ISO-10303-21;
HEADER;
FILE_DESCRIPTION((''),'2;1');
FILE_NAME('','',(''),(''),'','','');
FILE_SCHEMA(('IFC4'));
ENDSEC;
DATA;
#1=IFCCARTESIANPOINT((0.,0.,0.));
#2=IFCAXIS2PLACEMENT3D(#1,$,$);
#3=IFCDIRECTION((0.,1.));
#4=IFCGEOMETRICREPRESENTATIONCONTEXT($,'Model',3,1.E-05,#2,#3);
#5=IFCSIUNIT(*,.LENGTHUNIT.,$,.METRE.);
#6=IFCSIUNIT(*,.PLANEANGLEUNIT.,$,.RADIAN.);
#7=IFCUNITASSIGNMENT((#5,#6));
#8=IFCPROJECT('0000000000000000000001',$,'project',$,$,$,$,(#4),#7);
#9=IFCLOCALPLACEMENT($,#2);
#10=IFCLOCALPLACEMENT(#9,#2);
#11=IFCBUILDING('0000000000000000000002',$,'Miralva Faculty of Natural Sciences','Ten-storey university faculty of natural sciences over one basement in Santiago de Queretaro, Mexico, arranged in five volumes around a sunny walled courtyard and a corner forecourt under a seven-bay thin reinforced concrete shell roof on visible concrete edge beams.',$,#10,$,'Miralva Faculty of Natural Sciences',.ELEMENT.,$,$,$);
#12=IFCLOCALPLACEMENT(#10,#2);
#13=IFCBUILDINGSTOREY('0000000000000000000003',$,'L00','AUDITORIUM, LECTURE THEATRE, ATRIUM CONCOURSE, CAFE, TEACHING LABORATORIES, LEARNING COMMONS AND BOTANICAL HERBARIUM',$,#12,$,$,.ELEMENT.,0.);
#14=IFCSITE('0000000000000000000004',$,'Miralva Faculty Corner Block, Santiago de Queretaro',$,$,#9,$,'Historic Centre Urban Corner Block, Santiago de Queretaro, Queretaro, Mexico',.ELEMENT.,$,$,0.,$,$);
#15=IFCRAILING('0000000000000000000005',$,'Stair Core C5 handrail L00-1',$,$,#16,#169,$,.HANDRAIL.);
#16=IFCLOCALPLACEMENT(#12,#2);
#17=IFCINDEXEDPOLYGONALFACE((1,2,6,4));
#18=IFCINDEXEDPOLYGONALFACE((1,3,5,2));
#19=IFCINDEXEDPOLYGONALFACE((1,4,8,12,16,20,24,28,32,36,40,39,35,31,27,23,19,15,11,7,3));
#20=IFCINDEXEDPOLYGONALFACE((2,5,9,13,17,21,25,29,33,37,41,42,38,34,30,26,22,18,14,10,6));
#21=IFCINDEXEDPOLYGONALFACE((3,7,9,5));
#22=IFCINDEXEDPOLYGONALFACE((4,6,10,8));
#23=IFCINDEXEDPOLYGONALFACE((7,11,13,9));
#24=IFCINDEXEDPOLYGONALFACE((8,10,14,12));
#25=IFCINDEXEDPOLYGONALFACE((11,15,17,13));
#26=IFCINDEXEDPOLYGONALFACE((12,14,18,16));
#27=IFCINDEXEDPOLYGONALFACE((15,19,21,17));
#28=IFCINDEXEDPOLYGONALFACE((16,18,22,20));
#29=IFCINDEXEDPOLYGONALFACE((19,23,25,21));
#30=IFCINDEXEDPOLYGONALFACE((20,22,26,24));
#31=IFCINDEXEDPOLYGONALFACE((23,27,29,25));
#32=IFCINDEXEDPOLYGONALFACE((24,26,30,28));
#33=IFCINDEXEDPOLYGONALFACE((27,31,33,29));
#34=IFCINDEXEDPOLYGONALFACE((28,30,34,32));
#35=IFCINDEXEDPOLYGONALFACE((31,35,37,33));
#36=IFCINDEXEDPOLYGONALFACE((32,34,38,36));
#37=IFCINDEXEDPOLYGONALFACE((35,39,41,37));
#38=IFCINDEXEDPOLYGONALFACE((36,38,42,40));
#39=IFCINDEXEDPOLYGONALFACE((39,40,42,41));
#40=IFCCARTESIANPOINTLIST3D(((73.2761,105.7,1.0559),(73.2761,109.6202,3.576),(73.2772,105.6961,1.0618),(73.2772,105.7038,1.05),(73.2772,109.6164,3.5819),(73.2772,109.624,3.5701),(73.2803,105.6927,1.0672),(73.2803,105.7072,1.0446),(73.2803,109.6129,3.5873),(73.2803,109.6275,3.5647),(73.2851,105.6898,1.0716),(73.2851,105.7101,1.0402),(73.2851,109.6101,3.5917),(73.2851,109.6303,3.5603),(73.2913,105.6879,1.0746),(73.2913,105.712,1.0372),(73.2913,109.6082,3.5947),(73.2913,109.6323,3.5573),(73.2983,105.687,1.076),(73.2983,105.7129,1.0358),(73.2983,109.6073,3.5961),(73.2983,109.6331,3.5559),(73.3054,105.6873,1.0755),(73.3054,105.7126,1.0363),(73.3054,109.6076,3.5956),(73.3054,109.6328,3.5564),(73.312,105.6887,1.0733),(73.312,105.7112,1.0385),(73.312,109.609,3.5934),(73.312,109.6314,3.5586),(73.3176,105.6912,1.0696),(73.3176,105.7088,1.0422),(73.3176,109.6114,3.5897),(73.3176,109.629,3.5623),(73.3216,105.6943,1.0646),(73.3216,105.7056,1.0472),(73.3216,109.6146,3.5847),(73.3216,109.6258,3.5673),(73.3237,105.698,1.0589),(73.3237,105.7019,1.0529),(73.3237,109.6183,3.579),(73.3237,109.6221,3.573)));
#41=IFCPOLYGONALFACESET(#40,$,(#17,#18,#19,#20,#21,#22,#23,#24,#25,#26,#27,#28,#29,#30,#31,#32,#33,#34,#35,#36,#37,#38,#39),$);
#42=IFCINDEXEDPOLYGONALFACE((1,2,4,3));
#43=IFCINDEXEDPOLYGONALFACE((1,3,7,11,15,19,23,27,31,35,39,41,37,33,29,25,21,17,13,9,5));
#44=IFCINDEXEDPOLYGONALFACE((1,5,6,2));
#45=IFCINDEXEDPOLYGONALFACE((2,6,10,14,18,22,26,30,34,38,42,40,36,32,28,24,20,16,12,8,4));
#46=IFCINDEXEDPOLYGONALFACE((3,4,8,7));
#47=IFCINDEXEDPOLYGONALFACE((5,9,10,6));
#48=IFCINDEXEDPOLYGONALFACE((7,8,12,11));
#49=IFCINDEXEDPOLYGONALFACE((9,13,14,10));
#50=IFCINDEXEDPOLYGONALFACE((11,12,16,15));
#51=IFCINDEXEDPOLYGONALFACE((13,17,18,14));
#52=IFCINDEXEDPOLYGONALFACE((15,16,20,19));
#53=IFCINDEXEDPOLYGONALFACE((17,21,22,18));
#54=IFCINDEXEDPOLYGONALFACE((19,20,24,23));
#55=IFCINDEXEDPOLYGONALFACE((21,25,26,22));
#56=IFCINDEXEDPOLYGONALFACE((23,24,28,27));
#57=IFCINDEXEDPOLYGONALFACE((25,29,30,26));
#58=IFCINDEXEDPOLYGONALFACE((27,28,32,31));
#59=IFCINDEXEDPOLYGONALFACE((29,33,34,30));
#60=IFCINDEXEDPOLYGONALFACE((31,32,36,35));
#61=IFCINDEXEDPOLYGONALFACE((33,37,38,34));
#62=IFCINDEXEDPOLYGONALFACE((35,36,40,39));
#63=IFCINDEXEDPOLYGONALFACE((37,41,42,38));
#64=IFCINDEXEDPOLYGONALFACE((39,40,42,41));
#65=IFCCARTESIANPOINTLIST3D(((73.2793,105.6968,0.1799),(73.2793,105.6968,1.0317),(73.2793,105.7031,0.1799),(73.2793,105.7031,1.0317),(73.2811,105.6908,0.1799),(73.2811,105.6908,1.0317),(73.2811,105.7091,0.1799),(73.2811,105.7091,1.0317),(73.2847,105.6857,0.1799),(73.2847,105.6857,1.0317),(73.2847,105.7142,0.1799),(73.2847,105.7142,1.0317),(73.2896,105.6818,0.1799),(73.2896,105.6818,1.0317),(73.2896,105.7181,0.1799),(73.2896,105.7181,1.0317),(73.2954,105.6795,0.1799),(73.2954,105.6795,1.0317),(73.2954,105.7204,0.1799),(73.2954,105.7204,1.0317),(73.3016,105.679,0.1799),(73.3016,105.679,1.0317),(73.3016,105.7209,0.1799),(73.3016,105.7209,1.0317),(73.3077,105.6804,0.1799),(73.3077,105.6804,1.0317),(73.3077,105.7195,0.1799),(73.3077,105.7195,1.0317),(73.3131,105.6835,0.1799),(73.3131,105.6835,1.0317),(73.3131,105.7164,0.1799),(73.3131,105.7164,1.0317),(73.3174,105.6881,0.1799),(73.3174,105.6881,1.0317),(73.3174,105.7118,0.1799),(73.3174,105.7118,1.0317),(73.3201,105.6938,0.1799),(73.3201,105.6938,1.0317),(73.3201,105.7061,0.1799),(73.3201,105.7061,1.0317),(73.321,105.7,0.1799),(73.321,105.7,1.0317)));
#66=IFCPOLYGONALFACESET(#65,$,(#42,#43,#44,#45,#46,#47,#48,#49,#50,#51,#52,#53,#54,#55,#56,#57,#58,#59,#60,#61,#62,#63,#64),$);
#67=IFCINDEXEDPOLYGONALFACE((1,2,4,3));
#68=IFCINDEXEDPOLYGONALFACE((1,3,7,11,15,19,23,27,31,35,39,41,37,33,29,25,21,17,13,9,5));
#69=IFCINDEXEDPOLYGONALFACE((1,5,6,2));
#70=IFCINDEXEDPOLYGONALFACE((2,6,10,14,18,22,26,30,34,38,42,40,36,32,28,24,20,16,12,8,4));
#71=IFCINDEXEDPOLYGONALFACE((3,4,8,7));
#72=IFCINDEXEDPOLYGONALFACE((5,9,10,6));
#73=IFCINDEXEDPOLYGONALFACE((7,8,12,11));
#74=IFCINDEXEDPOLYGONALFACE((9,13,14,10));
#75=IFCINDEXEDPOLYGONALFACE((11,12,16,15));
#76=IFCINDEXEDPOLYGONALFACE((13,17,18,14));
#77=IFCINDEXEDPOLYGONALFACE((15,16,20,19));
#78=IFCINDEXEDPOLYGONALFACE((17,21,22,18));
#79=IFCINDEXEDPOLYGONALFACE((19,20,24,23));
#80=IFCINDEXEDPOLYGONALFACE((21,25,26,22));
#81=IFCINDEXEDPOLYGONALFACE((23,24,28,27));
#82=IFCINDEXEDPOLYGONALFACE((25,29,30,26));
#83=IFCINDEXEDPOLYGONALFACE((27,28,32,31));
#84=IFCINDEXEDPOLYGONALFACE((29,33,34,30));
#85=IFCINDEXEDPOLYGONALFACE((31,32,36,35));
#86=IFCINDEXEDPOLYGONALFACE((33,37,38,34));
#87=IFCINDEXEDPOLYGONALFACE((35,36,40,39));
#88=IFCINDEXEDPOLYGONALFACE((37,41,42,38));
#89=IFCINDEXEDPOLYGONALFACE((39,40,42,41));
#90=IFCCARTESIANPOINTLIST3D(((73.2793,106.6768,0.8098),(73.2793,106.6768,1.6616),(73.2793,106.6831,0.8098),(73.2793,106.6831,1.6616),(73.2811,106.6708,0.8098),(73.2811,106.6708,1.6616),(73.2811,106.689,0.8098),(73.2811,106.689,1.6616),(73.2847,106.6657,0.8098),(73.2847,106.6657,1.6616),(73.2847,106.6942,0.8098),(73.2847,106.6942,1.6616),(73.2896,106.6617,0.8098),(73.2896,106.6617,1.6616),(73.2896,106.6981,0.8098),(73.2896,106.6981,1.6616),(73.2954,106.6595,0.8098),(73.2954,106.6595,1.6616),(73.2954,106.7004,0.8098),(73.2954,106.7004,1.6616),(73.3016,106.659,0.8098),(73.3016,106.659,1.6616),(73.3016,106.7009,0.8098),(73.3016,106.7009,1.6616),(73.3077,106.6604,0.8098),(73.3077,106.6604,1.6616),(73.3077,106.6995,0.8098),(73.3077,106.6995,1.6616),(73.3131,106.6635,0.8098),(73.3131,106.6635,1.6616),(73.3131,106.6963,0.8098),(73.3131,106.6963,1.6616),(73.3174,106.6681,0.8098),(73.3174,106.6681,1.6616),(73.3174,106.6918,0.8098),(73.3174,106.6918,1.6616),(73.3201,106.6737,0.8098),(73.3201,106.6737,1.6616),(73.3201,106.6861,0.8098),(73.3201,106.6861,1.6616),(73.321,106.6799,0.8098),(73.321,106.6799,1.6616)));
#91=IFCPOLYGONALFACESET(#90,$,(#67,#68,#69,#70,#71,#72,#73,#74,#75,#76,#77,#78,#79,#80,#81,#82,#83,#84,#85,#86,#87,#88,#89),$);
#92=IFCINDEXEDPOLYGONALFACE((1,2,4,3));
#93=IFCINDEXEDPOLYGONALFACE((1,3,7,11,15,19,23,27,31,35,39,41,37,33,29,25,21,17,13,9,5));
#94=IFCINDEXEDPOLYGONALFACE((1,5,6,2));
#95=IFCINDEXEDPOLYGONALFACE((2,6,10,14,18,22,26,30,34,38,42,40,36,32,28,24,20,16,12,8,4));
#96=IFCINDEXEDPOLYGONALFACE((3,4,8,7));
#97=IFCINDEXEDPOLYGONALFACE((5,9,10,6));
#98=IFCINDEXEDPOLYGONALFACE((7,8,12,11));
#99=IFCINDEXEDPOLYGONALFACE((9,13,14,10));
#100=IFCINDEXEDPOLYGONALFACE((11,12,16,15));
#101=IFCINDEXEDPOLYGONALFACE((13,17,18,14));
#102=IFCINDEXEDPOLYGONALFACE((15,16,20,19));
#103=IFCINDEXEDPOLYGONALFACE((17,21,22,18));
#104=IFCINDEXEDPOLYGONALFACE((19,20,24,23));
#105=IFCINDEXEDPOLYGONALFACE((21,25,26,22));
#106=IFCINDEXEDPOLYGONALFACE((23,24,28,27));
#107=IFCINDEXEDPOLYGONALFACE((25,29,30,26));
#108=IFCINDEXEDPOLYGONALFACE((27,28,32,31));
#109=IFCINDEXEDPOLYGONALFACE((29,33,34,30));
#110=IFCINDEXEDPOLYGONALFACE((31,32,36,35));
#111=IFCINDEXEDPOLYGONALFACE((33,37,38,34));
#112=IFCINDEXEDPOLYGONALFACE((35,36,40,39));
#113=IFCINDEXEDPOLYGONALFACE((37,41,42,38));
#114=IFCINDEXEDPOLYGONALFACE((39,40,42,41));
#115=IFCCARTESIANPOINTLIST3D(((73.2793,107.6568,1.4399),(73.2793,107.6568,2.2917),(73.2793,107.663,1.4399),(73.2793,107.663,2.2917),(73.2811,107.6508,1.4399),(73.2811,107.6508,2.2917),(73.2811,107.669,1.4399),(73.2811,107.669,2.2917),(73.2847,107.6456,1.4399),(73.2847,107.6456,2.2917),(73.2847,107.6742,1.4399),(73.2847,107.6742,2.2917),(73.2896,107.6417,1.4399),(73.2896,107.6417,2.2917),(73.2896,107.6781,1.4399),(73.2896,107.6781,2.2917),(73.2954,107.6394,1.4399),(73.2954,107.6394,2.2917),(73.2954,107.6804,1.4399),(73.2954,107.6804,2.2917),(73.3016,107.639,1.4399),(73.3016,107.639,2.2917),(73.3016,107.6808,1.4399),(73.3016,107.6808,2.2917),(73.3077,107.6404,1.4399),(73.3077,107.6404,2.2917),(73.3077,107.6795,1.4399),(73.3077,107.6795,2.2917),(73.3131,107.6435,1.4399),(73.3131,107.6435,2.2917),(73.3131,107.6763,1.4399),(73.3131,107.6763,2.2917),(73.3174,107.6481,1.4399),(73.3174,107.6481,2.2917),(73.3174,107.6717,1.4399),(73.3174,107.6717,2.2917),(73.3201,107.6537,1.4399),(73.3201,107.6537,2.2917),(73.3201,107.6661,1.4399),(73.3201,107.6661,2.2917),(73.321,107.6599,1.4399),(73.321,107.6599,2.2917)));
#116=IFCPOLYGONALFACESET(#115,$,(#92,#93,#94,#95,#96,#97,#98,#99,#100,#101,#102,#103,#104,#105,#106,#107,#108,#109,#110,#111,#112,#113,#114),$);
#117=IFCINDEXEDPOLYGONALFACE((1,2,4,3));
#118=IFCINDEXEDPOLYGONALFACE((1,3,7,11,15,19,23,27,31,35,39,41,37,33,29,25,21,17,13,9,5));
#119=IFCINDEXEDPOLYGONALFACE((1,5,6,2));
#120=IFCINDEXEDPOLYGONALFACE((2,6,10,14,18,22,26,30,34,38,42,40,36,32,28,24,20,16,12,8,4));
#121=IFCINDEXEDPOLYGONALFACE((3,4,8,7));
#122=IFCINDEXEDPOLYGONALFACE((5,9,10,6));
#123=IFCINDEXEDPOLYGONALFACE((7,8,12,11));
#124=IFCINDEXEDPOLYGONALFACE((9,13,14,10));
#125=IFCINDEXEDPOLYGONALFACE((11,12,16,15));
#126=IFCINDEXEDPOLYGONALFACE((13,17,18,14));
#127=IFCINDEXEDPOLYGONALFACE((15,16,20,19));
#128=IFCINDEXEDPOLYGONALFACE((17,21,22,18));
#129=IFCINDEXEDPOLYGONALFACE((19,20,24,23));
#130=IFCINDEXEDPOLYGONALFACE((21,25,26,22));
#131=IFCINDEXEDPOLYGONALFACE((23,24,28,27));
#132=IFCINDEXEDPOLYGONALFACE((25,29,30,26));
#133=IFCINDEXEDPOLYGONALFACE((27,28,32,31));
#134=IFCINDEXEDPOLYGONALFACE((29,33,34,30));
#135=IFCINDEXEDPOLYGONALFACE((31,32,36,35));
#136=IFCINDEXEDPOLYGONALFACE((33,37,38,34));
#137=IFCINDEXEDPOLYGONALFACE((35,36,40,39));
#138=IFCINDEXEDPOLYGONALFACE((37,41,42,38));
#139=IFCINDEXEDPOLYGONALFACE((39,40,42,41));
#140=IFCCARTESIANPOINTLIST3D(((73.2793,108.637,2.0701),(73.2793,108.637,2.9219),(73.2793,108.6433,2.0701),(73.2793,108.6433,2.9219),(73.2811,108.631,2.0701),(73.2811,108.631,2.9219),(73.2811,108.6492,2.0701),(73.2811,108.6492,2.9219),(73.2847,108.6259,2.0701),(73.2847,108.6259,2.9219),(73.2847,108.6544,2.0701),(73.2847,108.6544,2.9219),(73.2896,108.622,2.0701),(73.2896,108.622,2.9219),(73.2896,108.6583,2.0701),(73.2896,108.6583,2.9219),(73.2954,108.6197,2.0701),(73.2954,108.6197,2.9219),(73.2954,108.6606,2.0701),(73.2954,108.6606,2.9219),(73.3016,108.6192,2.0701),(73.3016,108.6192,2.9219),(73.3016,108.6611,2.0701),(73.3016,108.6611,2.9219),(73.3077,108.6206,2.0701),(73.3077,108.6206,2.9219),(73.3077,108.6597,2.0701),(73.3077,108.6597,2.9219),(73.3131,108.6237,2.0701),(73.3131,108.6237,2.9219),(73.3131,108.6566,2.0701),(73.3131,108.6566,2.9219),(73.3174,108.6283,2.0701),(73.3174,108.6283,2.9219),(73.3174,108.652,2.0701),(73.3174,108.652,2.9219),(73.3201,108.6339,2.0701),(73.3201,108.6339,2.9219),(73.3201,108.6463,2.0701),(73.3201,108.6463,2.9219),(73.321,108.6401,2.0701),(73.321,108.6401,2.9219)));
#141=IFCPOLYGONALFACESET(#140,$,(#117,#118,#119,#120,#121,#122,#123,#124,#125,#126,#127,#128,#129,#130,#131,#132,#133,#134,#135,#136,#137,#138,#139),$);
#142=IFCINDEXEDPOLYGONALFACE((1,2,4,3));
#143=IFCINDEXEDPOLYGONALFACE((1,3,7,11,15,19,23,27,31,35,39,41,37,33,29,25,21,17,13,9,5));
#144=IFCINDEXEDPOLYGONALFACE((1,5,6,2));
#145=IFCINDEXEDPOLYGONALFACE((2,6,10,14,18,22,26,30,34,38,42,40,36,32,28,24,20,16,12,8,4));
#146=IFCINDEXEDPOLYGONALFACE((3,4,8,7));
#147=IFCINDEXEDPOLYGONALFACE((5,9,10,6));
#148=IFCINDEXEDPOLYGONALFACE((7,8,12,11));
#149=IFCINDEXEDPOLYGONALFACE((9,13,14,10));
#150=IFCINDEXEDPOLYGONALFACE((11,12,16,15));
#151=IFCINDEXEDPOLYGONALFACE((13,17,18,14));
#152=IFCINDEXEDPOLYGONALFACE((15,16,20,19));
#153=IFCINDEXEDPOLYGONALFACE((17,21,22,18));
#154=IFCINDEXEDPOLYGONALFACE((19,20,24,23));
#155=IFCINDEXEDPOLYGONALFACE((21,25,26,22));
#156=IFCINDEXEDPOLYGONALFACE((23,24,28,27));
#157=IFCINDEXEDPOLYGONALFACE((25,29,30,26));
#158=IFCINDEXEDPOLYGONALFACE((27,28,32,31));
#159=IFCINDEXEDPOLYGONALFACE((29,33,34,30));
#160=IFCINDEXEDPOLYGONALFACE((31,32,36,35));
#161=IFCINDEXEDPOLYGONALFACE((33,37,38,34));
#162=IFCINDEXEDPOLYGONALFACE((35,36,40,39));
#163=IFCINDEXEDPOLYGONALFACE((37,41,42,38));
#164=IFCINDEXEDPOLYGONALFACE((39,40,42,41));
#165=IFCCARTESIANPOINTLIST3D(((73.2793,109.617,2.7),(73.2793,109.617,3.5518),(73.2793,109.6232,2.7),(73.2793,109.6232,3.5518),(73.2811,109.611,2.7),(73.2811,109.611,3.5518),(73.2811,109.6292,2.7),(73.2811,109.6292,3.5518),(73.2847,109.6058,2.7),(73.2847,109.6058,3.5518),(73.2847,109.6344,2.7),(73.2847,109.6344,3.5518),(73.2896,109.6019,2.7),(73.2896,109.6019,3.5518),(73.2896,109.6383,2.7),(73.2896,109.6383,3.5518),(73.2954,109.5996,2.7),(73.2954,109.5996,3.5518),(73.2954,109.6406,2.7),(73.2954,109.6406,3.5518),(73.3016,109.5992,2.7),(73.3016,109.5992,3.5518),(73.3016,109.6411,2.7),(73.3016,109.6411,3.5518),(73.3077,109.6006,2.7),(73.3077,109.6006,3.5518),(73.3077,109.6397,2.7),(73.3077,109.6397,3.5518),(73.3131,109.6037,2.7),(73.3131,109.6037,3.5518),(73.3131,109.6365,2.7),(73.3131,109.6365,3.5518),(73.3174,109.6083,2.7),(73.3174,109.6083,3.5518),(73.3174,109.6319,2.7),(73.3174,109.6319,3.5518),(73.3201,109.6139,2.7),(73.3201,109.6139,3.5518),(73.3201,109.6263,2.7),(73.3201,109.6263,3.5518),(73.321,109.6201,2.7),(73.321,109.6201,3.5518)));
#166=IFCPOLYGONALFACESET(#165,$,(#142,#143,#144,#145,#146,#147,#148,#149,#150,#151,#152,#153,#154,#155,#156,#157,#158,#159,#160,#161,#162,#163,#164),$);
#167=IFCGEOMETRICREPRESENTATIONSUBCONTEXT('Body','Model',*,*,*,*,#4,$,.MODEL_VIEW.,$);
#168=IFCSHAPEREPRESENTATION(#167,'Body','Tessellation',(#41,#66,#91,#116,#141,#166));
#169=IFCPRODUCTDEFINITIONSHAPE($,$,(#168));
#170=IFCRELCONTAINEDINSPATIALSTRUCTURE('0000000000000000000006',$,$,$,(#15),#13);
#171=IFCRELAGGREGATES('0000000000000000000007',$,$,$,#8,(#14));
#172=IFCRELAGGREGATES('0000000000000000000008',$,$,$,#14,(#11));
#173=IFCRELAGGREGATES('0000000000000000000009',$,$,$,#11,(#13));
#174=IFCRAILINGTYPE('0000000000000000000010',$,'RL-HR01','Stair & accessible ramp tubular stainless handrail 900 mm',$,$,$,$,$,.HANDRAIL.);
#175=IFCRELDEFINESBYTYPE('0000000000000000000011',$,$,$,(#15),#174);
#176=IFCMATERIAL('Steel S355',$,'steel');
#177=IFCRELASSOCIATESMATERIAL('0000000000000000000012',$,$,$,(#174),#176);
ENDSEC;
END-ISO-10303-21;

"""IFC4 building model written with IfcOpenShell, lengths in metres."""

from ifc_helpers import new_model, si_unit, direction, frame, origin, origin_2d, place, context, subcontext, project, spatial, circle, extrude, material, type_object, element, save


model = new_model("IFC4")

# Units and contexts
model_context = context("Model", 3, precision=1e-05, world=origin(), true_north=direction((0.0, 1.0)))
body_context = subcontext(model_context, "Body", "Model", "MODEL_VIEW")
ifc_project = project(units=[si_unit("LENGTHUNIT", "METRE"), si_unit("PLANEANGLEUNIT", "RADIAN")], contexts=[model_context])

# Site, building, storey
site_placement = place(None, origin())
site = spatial("IfcSite", under=ifc_project, at=site_placement, Name="Miralva Faculty Corner Block, Santiago de Queretaro", LongName="Historic Centre Urban Corner Block, Santiago de Queretaro, Queretaro, Mexico", CompositionType="ELEMENT", RefElevation=0.0)
building_placement = place(site_placement, origin())
building = spatial("IfcBuilding", under=site, at=building_placement, Name="Miralva Faculty of Natural Sciences", Description="Ten-storey university faculty of natural sciences over one basement in Santiago de Queretaro, Mexico, arranged in five volumes around a sunny walled courtyard and a corner forecourt under a seven-bay thin reinforced concrete shell roof on visible concrete edge beams.", LongName="Miralva Faculty of Natural Sciences", CompositionType="ELEMENT")
storey_placement = place(building_placement, origin())
storey = spatial("IfcBuildingStorey", under=building, at=storey_placement, Name="L00", Description="AUDITORIUM, LECTURE THEATRE, ATRIUM CONCOURSE, CAFE, TEACHING LABORATORIES, LEARNING COMMONS AND BOTANICAL HERBARIUM", CompositionType="ELEMENT", Elevation=0.0)

# Railing
ifc_material_1 = material(Name="Steel S355", Category="steel")
railing_type_1 = type_object("IfcRailingType", Name="RL-HR01", Description="Stair & accessible ramp tubular stainless handrail 900 mm", PredefinedType="HANDRAIL", material=ifc_material_1)
railing_1_placement = place(storey_placement, frame((73.3, 105.7, 0.1799)))
element("IfcRailing", 1, at=railing_1_placement, inside=storey, type_object=railing_type_1, Name="Stair Core C5 handrail L00-1", PredefinedType="HANDRAIL", context=body_context, shape_type="SweptSolid", body=[
    extrude(circle(Radius=0.0239, at=origin_2d()), frame((0.0, 0.0, 0.876), z_axis=(0.0, 0.841187, 0.540744), x_axis=(-1.0, 0.0, 0.0)), (0.0, 0.0, 1.0), 4.6604),
    extrude(circle(Radius=0.021, at=origin_2d()), origin(), (0.0, 0.0, 1.0), 0.8518),
    extrude(circle(Radius=0.021, at=origin_2d()), frame((0.0, 0.98, 0.6299)), (0.0, 0.0, 1.0), 0.8518),
    extrude(circle(Radius=0.021, at=origin_2d()), frame((0.0, 1.96, 1.26)), (0.0, 0.0, 1.0), 0.8518),
    extrude(circle(Radius=0.021, at=origin_2d()), frame((0.0, 2.9402, 1.8901)), (0.0, 0.0, 1.0), 0.8518),
    extrude(circle(Radius=0.021, at=origin_2d()), frame((0.0, 3.9202, 2.52)), (0.0, 0.0, 1.0), 0.8518),
])

save(model, "model.ifc")
